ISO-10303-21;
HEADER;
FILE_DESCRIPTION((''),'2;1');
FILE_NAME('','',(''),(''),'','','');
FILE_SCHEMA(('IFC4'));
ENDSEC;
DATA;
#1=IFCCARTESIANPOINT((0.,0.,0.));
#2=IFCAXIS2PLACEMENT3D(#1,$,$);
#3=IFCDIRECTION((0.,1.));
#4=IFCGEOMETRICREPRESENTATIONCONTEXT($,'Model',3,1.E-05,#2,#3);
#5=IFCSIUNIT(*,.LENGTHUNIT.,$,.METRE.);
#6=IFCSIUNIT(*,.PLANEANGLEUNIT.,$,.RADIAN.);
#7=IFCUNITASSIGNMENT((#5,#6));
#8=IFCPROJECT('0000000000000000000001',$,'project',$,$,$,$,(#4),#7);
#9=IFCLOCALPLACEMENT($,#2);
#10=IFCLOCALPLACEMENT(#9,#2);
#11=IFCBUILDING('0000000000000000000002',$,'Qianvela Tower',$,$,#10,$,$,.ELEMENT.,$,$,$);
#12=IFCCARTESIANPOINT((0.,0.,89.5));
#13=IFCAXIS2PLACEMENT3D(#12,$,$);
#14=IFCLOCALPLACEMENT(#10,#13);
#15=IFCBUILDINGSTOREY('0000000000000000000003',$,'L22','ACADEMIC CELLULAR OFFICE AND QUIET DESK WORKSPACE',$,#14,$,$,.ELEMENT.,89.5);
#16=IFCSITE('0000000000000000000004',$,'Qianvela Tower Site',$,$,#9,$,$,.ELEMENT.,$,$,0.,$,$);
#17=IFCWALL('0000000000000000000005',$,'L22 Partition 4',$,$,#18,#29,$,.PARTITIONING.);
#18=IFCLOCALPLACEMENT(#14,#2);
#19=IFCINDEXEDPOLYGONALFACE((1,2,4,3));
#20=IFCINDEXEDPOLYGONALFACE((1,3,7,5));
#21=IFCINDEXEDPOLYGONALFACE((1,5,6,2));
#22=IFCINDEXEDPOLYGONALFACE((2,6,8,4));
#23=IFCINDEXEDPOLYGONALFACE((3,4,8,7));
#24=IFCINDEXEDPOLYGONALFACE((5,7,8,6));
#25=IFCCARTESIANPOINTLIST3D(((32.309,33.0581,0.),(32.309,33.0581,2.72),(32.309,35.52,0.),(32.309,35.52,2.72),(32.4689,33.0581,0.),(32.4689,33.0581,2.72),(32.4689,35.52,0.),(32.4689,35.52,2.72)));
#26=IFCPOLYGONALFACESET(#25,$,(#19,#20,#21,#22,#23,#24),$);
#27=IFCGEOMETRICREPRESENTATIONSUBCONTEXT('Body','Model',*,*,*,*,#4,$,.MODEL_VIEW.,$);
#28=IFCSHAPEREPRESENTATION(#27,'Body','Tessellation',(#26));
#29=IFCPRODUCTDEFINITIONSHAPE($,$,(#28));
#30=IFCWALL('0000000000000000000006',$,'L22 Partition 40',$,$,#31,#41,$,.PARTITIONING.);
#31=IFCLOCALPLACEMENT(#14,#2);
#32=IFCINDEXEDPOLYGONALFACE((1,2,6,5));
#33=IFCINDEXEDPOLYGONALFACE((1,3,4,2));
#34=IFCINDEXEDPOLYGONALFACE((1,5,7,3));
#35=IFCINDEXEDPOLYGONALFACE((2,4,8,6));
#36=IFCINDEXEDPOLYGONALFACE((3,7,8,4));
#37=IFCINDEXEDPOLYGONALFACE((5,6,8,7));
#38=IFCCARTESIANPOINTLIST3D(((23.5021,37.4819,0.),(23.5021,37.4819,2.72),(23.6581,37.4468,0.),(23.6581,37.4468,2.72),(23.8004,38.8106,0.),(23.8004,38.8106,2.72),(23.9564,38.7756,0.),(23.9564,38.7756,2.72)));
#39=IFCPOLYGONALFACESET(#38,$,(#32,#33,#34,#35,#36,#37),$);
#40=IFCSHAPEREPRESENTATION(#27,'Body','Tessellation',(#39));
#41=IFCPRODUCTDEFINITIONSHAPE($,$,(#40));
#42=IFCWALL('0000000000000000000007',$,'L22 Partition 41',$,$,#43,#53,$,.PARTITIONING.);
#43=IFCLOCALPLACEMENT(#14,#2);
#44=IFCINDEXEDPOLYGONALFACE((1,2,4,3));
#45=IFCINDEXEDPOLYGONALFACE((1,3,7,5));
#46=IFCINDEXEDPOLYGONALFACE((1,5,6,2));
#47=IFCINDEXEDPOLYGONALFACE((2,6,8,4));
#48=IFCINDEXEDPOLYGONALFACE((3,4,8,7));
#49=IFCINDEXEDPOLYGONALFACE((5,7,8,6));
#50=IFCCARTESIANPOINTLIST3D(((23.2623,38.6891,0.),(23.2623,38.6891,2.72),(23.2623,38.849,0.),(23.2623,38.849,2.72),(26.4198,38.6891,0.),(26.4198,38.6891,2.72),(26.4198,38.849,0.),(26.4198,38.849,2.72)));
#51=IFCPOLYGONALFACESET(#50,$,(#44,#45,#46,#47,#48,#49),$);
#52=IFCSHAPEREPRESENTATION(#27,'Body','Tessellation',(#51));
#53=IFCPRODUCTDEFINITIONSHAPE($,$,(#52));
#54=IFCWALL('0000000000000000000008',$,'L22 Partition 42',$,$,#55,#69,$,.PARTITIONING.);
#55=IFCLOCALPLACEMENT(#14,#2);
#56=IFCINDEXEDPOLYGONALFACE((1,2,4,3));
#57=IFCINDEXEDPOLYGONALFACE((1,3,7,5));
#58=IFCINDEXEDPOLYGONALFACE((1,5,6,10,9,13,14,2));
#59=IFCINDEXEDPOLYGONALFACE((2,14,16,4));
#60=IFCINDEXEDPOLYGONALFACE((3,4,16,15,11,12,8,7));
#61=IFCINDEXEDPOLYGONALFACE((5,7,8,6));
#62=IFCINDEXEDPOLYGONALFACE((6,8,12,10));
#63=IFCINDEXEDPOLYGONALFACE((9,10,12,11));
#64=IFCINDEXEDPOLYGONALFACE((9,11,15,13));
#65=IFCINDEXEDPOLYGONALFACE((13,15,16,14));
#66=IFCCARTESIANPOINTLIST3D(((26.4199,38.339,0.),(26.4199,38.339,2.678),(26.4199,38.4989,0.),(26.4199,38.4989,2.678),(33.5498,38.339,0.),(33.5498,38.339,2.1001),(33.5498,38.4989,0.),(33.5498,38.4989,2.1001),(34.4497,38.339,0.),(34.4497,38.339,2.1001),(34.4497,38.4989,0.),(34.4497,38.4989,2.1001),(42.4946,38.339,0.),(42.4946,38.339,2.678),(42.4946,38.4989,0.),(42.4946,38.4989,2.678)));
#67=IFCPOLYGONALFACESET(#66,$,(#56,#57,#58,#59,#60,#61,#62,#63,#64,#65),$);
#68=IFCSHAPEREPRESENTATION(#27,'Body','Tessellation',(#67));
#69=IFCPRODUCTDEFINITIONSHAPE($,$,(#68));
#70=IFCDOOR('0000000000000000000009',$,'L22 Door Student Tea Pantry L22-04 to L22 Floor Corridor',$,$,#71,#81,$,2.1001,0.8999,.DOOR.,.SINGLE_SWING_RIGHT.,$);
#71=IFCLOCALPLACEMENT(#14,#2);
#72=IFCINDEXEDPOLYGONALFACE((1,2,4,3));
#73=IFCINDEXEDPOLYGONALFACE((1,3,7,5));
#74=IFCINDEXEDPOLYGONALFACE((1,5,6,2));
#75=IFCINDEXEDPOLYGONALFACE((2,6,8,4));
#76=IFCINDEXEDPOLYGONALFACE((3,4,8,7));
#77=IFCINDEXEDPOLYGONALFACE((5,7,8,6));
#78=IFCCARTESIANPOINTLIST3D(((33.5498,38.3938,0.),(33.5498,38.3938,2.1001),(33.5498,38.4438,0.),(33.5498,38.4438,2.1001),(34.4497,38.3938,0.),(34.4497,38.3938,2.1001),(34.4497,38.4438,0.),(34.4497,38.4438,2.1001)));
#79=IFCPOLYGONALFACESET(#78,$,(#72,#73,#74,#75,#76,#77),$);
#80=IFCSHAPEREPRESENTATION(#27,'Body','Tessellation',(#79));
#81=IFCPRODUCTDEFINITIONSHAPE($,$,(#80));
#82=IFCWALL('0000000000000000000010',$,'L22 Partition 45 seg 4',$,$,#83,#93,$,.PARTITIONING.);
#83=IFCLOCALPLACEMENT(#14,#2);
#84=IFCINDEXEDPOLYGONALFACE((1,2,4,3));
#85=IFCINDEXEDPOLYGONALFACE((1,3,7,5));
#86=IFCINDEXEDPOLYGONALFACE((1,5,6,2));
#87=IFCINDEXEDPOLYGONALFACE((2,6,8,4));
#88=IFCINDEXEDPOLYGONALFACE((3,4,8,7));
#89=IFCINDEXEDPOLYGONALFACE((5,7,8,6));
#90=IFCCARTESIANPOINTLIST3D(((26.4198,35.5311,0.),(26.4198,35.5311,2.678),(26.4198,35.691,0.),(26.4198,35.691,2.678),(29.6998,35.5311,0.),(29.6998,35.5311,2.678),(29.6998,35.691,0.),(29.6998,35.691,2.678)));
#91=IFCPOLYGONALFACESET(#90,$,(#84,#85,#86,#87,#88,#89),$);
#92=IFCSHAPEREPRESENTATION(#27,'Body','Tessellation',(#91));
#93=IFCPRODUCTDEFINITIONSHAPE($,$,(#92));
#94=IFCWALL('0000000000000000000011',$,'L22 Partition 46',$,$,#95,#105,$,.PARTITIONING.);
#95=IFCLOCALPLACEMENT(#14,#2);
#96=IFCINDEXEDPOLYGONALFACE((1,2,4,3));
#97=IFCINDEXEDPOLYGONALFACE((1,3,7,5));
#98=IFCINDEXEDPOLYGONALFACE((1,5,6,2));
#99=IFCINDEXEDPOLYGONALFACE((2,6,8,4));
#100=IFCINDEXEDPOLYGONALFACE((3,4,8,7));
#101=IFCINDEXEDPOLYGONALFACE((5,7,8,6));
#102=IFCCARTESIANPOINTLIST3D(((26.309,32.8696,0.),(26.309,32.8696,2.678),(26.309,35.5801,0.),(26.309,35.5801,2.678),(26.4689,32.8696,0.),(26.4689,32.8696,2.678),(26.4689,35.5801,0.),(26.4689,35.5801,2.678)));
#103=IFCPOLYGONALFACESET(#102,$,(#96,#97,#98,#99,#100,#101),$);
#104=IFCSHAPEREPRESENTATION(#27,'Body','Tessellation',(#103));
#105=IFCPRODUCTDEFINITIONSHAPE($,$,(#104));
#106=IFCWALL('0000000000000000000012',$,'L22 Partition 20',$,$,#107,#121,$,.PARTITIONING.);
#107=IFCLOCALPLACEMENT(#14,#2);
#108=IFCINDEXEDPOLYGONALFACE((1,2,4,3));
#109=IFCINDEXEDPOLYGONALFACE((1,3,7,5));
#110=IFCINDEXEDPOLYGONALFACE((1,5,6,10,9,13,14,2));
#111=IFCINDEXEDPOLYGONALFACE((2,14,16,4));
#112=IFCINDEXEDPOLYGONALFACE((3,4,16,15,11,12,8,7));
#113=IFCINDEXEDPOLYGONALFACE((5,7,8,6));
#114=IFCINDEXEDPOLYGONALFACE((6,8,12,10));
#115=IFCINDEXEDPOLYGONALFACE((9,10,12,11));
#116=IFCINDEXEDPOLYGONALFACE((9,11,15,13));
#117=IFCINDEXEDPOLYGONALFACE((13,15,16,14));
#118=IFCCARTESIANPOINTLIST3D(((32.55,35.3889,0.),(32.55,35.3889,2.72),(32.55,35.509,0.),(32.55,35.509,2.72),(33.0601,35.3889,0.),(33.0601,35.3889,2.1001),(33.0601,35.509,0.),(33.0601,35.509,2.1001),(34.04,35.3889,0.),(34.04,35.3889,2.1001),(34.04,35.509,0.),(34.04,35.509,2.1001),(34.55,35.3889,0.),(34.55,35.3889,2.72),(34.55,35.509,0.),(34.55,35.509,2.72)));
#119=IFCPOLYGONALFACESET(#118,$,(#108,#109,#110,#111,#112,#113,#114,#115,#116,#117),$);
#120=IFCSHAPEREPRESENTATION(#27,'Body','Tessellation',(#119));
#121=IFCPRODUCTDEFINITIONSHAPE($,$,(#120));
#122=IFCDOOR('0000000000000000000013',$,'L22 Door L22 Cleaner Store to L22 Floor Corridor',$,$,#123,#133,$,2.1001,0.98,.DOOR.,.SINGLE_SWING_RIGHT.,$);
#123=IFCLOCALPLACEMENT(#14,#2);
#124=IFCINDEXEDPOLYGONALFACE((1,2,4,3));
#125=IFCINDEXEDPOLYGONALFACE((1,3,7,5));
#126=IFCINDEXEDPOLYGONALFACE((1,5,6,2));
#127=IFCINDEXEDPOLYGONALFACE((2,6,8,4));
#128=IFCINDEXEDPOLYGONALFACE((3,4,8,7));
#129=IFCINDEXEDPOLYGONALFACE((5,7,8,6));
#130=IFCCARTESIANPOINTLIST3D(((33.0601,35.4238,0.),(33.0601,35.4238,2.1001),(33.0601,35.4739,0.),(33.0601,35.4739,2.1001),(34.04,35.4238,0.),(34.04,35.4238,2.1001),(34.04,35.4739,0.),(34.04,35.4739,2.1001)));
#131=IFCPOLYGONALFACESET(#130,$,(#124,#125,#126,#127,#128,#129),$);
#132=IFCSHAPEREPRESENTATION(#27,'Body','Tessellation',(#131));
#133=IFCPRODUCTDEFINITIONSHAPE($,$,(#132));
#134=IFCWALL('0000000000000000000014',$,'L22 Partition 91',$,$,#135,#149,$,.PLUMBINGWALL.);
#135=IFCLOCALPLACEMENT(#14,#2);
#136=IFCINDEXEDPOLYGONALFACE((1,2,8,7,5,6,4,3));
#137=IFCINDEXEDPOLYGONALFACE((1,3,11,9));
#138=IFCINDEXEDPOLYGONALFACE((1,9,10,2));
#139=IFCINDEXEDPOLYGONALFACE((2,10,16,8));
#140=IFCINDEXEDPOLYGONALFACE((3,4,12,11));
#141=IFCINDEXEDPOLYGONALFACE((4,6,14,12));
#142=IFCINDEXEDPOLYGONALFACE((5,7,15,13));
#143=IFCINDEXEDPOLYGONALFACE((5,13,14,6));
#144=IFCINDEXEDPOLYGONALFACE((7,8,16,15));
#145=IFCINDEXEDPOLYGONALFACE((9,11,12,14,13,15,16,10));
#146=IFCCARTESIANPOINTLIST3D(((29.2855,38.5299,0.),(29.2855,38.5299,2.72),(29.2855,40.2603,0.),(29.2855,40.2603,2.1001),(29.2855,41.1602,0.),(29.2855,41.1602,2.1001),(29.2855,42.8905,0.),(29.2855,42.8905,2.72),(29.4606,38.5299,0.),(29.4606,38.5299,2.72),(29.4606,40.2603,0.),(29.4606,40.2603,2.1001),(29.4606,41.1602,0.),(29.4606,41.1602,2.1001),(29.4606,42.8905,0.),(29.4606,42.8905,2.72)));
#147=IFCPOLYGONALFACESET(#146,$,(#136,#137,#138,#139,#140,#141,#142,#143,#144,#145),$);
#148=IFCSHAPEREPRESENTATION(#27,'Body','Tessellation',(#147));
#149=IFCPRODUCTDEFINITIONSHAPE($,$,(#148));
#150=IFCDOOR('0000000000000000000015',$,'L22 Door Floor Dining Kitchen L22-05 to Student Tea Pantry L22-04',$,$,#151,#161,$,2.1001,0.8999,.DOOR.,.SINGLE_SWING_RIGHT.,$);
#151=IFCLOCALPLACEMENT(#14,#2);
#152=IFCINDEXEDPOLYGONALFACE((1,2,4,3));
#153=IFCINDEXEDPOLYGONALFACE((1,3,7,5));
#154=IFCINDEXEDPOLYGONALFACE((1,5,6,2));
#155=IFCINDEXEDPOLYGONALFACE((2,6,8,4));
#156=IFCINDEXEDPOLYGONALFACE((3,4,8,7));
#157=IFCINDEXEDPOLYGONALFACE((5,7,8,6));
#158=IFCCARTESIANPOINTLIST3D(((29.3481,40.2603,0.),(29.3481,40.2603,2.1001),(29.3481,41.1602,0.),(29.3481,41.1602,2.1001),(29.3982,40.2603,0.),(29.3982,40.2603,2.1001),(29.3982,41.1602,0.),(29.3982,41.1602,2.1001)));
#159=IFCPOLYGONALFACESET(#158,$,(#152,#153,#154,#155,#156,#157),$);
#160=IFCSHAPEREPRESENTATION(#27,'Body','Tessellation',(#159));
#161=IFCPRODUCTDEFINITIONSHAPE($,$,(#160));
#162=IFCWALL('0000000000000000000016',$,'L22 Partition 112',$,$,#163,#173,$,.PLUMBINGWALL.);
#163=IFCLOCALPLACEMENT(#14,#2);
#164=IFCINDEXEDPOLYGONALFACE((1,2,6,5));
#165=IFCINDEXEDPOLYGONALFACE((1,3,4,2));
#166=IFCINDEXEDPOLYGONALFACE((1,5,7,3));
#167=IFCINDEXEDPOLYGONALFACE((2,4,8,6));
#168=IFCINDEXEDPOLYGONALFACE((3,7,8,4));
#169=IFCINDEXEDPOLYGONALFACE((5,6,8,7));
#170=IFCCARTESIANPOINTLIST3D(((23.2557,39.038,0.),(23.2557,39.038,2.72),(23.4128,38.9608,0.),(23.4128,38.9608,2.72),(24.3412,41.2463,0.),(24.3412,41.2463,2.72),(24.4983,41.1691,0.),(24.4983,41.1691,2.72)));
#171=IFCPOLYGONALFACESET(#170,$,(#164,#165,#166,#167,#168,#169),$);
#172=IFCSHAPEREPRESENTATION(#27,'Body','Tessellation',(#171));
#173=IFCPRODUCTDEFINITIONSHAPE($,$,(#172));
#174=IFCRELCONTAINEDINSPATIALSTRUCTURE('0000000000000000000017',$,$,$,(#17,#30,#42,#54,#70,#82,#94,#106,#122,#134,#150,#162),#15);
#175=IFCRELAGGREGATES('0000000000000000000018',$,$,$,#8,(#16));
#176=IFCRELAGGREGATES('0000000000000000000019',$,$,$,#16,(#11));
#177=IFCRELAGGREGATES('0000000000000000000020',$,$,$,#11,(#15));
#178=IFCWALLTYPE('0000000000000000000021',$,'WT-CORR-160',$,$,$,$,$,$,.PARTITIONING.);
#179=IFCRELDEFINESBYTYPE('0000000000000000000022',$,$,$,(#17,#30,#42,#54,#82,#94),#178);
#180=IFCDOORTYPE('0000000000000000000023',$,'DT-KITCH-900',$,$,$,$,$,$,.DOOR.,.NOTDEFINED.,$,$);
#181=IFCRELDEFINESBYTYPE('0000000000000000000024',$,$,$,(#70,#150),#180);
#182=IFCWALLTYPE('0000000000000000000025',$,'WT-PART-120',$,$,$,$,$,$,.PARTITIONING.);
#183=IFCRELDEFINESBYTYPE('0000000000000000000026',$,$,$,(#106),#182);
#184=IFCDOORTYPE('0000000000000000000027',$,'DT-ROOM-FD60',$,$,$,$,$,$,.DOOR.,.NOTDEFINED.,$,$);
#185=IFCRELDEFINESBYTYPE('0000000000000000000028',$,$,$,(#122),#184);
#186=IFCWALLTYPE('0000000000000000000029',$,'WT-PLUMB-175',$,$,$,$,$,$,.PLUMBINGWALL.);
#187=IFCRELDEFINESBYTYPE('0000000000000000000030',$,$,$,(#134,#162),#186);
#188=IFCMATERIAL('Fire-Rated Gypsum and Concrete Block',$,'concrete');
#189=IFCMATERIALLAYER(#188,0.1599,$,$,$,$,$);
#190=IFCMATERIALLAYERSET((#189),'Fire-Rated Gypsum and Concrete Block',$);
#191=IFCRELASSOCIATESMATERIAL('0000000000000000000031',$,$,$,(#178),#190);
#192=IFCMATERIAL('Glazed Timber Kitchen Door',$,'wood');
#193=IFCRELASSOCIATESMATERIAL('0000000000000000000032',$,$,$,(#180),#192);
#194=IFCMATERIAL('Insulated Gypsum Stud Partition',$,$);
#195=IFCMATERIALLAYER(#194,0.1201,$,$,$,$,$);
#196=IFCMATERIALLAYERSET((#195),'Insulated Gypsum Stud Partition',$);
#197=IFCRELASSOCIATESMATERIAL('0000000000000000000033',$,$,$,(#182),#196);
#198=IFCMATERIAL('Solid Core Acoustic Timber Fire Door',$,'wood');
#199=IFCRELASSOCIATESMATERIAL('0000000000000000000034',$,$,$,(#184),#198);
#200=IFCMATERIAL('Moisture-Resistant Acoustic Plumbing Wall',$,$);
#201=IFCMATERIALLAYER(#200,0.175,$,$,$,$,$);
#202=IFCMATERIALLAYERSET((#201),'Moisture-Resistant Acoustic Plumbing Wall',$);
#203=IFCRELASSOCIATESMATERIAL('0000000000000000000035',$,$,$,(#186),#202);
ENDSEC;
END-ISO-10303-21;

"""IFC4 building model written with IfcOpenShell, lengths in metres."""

from ifc_helpers import new_model, si_unit, direction, frame, frame_2d, origin, place, context, subcontext, project, spatial, rectangle, extrude, material, layer, layer_set, type_object, element, fill, save


model = new_model("IFC4")

# Units and contexts
model_context = context("Model", 3, precision=1e-05, world=origin(), true_north=direction((0.0, 1.0)))
body_context = subcontext(model_context, "Body", "Model", "MODEL_VIEW")
ifc_project = project(units=[si_unit("LENGTHUNIT", "METRE"), si_unit("PLANEANGLEUNIT", "RADIAN")], contexts=[model_context])

# Site, building, storey
site_placement = place(None, origin())
site = spatial("IfcSite", under=ifc_project, at=site_placement, Name="Qianvela Tower Site", CompositionType="ELEMENT", RefElevation=0.0)
building_placement = place(site_placement, origin())
building = spatial("IfcBuilding", under=site, at=building_placement, Name="Qianvela Tower", CompositionType="ELEMENT")
storey_placement = place(building_placement, frame((0.0, 0.0, 89.5)))
storey = spatial("IfcBuildingStorey", under=building, at=storey_placement, Name="L22", Description="ACADEMIC CELLULAR OFFICE AND QUIET DESK WORKSPACE", CompositionType="ELEMENT", Elevation=89.5)

# Shared definitions
ifc_material_1 = material(Name="Fire-Rated Gypsum and Concrete Block", Category="concrete")
ifc_layer_1 = layer(ifc_material_1, 0.1599)
ifc_layer_set_1 = layer_set([ifc_layer_1], Name="Fire-Rated Gypsum and Concrete Block")
wall_type_1 = type_object("IfcWallType", Name="WT-CORR-160", PredefinedType="PARTITIONING", material=ifc_layer_set_1)

# Walls
wall_1_placement = place(storey_placement, frame((32.3889, 35.52, 0.0), z_axis=(0.0, 0.0, 1.0), x_axis=(0.0, -1.0, 0.0)))
element("IfcWall", 1, at=wall_1_placement, inside=storey, type_object=wall_type_1, Name="L22 Partition 4", PredefinedType="PARTITIONING", context=body_context, shape_type="SweptSolid", body=[
    extrude(rectangle(XDim=2.4619, YDim=0.1599, at=frame_2d((1.231, 0.0))), origin(), (0.0, 0.0, 1.0), 2.72),
])
wall_2_placement = place(storey_placement, frame((23.5801, 37.4644, 0.0), z_axis=(0.0, 0.0, 1.0), x_axis=(0.219056, 0.975712, 0.0)))
element("IfcWall", 2, at=wall_2_placement, inside=storey, type_object=wall_type_1, Name="L22 Partition 40", PredefinedType="PARTITIONING", context=body_context, shape_type="SweptSolid", body=[
    extrude(rectangle(XDim=1.3618, YDim=0.1599, at=frame_2d((0.6809, 0.0))), origin(), (0.0, 0.0, 1.0), 2.72),
])
wall_3_placement = place(storey_placement, frame((23.2625, 38.769, 0.0), z_axis=(0.0, 0.0, 1.0), x_axis=(1.0, 0.0, 0.0)))
element("IfcWall", 3, at=wall_3_placement, inside=storey, type_object=wall_type_1, Name="L22 Partition 41", PredefinedType="PARTITIONING", context=body_context, shape_type="SweptSolid", body=[
    extrude(rectangle(XDim=3.1575, YDim=0.1599, at=frame_2d((1.5786, 0.0))), origin(), (0.0, 0.0, 1.0), 2.72),
])

# Wall, opening, door
wall_4_placement = place(storey_placement, frame((26.4199, 38.4189, 0.0), z_axis=(0.0, 0.0, 1.0), x_axis=(1.0, 0.0, 0.0)))
wall_4 = element("IfcWall", 4, at=wall_4_placement, inside=storey, type_object=wall_type_1, Name="L22 Partition 42", PredefinedType="PARTITIONING", context=body_context, shape_type="SweptSolid", body=[
    extrude(rectangle(XDim=16.0747, YDim=0.1599, at=frame_2d((8.0374, 0.0))), origin(), (0.0, 0.0, 1.0), 2.678),
])
opening_1_placement = place(wall_4_placement, frame((7.1299, 0.0, 0.0)))
opening_1 = element("IfcOpeningElement", 5, at=opening_1_placement, cuts=wall_4, PredefinedType="OPENING", context=body_context, shape_type="SweptSolid", body=[
    extrude(rectangle(XDim=0.8999, YDim=2.1001, at=frame_2d((0.45, 1.05))), frame((0.0, 0.0898, 0.0), z_axis=(0.0, -1.0, 0.0), x_axis=(1.0, 0.0, 0.0)), (0.0, 0.0, 1.0), 0.1799),
])
ifc_material_2 = material(Name="Glazed Timber Kitchen Door", Category="wood")
door_type_1 = type_object("IfcDoorType", Name="DT-KITCH-900", OperationType="NOTDEFINED", PredefinedType="DOOR", material=ifc_material_2)
door_1_placement = place(opening_1_placement, origin())
door_1 = element("IfcDoor", 6, at=door_1_placement, inside=storey, type_object=door_type_1, Name="L22 Door Student Tea Pantry L22-04 to L22 Floor Corridor", OperationType="SINGLE_SWING_RIGHT", OverallHeight=2.1001, OverallWidth=0.8999, PredefinedType="DOOR", context=body_context, shape_type="SweptSolid", body=[
    extrude(rectangle(XDim=0.8999, YDim=2.1001, at=frame_2d((0.45, 1.05))), frame((0.0, 0.0249, 0.0), z_axis=(0.0, -1.0, 0.0), x_axis=(1.0, 0.0, 0.0)), (0.0, 0.0, 1.0), 0.05),
])
fill(opening_1, door_1)

# Walls
wall_5_placement = place(storey_placement, frame((29.7, 35.6111, 0.0), z_axis=(0.0, 0.0, 1.0), x_axis=(-1.0, 0.0, 0.0)))
element("IfcWall", 7, at=wall_5_placement, inside=storey, type_object=wall_type_1, Name="L22 Partition 45 seg 4", PredefinedType="PARTITIONING", context=body_context, shape_type="SweptSolid", body=[
    extrude(rectangle(XDim=3.28, YDim=0.1599, at=frame_2d((1.6401, 0.0))), origin(), (0.0, 0.0, 1.0), 2.678),
])
wall_6_placement = place(storey_placement, frame((26.3889, 35.5801, 0.0), z_axis=(0.0, 0.0, 1.0), x_axis=(0.0, -1.0, 0.0)))
element("IfcWall", 8, at=wall_6_placement, inside=storey, type_object=wall_type_1, Name="L22 Partition 46", PredefinedType="PARTITIONING", context=body_context, shape_type="SweptSolid", body=[
    extrude(rectangle(XDim=2.7104, YDim=0.1599, at=frame_2d((1.3552, 0.0))), origin(), (0.0, 0.0, 1.0), 2.678),
])

# Walls, openings, doors
ifc_material_3 = material(Name="Insulated Gypsum Stud Partition")
ifc_layer_2 = layer(ifc_material_3, 0.1201)
ifc_layer_set_2 = layer_set([ifc_layer_2], Name="Insulated Gypsum Stud Partition")
wall_type_2 = type_object("IfcWallType", Name="WT-PART-120", PredefinedType="PARTITIONING", material=ifc_layer_set_2)
wall_7_placement = place(storey_placement, frame((32.55, 35.449, 0.0), z_axis=(0.0, 0.0, 1.0), x_axis=(1.0, 0.0, 0.0)))
wall_7 = element("IfcWall", 9, at=wall_7_placement, inside=storey, type_object=wall_type_2, Name="L22 Partition 20", PredefinedType="PARTITIONING", context=body_context, shape_type="SweptSolid", body=[
    extrude(rectangle(XDim=2.0, YDim=0.1201, at=frame_2d((1.0, 0.0))), origin(), (0.0, 0.0, 1.0), 2.72),
])
opening_2_placement = place(wall_7_placement, frame((0.51, 0.0, 0.0)))
opening_2 = element("IfcOpeningElement", 10, at=opening_2_placement, cuts=wall_7, PredefinedType="OPENING", context=body_context, shape_type="SweptSolid", body=[
    extrude(rectangle(XDim=0.98, YDim=2.1001, at=frame_2d((0.49, 1.05))), frame((0.0, 0.0701, 0.0), z_axis=(0.0, -1.0, 0.0), x_axis=(1.0, 0.0, 0.0)), (0.0, 0.0, 1.0), 0.1401),
])
ifc_material_4 = material(Name="Solid Core Acoustic Timber Fire Door", Category="wood")
door_type_2 = type_object("IfcDoorType", Name="DT-ROOM-FD60", OperationType="NOTDEFINED", PredefinedType="DOOR", material=ifc_material_4)
door_2_placement = place(opening_2_placement, origin())
door_2 = element("IfcDoor", 11, at=door_2_placement, inside=storey, type_object=door_type_2, Name="L22 Door L22 Cleaner Store to L22 Floor Corridor", OperationType="SINGLE_SWING_RIGHT", OverallHeight=2.1001, OverallWidth=0.98, PredefinedType="DOOR", context=body_context, shape_type="SweptSolid", body=[
    extrude(rectangle(XDim=0.98, YDim=2.1001, at=frame_2d((0.49, 1.05))), frame((0.0, 0.0249, 0.0), z_axis=(0.0, -1.0, 0.0), x_axis=(1.0, 0.0, 0.0)), (0.0, 0.0, 1.0), 0.05),
])
fill(opening_2, door_2)
ifc_material_5 = material(Name="Moisture-Resistant Acoustic Plumbing Wall")
ifc_layer_3 = layer(ifc_material_5, 0.175)
ifc_layer_set_3 = layer_set([ifc_layer_3], Name="Moisture-Resistant Acoustic Plumbing Wall")
wall_type_3 = type_object("IfcWallType", Name="WT-PLUMB-175", PredefinedType="PLUMBINGWALL", material=ifc_layer_set_3)
wall_8_placement = place(storey_placement, frame((29.373, 38.53, 0.0), z_axis=(0.0, 0.0, 1.0), x_axis=(0.0, 1.0, 0.0)))
wall_8 = element("IfcWall", 12, at=wall_8_placement, inside=storey, type_object=wall_type_3, Name="L22 Partition 91", PredefinedType="PLUMBINGWALL", context=body_context, shape_type="SweptSolid", body=[
    extrude(rectangle(XDim=4.3606, YDim=0.175, at=frame_2d((2.1802, 0.0))), origin(), (0.0, 0.0, 1.0), 2.72),
])
opening_3_placement = place(wall_8_placement, frame((1.7302, 0.0, 0.0)))
opening_3 = element("IfcOpeningElement", 13, at=opening_3_placement, cuts=wall_8, PredefinedType="OPENING", context=body_context, shape_type="SweptSolid", body=[
    extrude(rectangle(XDim=0.8999, YDim=2.1001, at=frame_2d((0.45, 1.05))), frame((0.0, 0.0974, 0.0), z_axis=(0.0, -1.0, 0.0), x_axis=(1.0, 0.0, 0.0)), (0.0, 0.0, 1.0), 0.1951),
])
door_3_placement = place(opening_3_placement, origin())
door_3 = element("IfcDoor", 14, at=door_3_placement, inside=storey, type_object=door_type_1, Name="L22 Door Floor Dining Kitchen L22-05 to Student Tea Pantry L22-04", OperationType="SINGLE_SWING_RIGHT", OverallHeight=2.1001, OverallWidth=0.8999, PredefinedType="DOOR", context=body_context, shape_type="SweptSolid", body=[
    extrude(rectangle(XDim=0.8999, YDim=2.1001, at=frame_2d((0.45, 1.05))), frame((0.0, 0.0249, 0.0), z_axis=(0.0, -1.0, 0.0), x_axis=(1.0, 0.0, 0.0)), (0.0, 0.0, 1.0), 0.05),
])
fill(opening_3, door_3)

# Wall
wall_9_placement = place(storey_placement, frame((23.3342, 38.9993, 0.0), z_axis=(0.0, 0.0, 1.0), x_axis=(0.441131, 0.897443, 0.0)))
element("IfcWall", 15, at=wall_9_placement, inside=storey, type_object=wall_type_3, Name="L22 Partition 112", PredefinedType="PLUMBINGWALL", context=body_context, shape_type="SweptSolid", body=[
    extrude(rectangle(XDim=2.4607, YDim=0.175, at=frame_2d((1.2305, 0.0))), origin(), (0.0, 0.0, 1.0), 2.72),
])

save(model, "model.ifc")
